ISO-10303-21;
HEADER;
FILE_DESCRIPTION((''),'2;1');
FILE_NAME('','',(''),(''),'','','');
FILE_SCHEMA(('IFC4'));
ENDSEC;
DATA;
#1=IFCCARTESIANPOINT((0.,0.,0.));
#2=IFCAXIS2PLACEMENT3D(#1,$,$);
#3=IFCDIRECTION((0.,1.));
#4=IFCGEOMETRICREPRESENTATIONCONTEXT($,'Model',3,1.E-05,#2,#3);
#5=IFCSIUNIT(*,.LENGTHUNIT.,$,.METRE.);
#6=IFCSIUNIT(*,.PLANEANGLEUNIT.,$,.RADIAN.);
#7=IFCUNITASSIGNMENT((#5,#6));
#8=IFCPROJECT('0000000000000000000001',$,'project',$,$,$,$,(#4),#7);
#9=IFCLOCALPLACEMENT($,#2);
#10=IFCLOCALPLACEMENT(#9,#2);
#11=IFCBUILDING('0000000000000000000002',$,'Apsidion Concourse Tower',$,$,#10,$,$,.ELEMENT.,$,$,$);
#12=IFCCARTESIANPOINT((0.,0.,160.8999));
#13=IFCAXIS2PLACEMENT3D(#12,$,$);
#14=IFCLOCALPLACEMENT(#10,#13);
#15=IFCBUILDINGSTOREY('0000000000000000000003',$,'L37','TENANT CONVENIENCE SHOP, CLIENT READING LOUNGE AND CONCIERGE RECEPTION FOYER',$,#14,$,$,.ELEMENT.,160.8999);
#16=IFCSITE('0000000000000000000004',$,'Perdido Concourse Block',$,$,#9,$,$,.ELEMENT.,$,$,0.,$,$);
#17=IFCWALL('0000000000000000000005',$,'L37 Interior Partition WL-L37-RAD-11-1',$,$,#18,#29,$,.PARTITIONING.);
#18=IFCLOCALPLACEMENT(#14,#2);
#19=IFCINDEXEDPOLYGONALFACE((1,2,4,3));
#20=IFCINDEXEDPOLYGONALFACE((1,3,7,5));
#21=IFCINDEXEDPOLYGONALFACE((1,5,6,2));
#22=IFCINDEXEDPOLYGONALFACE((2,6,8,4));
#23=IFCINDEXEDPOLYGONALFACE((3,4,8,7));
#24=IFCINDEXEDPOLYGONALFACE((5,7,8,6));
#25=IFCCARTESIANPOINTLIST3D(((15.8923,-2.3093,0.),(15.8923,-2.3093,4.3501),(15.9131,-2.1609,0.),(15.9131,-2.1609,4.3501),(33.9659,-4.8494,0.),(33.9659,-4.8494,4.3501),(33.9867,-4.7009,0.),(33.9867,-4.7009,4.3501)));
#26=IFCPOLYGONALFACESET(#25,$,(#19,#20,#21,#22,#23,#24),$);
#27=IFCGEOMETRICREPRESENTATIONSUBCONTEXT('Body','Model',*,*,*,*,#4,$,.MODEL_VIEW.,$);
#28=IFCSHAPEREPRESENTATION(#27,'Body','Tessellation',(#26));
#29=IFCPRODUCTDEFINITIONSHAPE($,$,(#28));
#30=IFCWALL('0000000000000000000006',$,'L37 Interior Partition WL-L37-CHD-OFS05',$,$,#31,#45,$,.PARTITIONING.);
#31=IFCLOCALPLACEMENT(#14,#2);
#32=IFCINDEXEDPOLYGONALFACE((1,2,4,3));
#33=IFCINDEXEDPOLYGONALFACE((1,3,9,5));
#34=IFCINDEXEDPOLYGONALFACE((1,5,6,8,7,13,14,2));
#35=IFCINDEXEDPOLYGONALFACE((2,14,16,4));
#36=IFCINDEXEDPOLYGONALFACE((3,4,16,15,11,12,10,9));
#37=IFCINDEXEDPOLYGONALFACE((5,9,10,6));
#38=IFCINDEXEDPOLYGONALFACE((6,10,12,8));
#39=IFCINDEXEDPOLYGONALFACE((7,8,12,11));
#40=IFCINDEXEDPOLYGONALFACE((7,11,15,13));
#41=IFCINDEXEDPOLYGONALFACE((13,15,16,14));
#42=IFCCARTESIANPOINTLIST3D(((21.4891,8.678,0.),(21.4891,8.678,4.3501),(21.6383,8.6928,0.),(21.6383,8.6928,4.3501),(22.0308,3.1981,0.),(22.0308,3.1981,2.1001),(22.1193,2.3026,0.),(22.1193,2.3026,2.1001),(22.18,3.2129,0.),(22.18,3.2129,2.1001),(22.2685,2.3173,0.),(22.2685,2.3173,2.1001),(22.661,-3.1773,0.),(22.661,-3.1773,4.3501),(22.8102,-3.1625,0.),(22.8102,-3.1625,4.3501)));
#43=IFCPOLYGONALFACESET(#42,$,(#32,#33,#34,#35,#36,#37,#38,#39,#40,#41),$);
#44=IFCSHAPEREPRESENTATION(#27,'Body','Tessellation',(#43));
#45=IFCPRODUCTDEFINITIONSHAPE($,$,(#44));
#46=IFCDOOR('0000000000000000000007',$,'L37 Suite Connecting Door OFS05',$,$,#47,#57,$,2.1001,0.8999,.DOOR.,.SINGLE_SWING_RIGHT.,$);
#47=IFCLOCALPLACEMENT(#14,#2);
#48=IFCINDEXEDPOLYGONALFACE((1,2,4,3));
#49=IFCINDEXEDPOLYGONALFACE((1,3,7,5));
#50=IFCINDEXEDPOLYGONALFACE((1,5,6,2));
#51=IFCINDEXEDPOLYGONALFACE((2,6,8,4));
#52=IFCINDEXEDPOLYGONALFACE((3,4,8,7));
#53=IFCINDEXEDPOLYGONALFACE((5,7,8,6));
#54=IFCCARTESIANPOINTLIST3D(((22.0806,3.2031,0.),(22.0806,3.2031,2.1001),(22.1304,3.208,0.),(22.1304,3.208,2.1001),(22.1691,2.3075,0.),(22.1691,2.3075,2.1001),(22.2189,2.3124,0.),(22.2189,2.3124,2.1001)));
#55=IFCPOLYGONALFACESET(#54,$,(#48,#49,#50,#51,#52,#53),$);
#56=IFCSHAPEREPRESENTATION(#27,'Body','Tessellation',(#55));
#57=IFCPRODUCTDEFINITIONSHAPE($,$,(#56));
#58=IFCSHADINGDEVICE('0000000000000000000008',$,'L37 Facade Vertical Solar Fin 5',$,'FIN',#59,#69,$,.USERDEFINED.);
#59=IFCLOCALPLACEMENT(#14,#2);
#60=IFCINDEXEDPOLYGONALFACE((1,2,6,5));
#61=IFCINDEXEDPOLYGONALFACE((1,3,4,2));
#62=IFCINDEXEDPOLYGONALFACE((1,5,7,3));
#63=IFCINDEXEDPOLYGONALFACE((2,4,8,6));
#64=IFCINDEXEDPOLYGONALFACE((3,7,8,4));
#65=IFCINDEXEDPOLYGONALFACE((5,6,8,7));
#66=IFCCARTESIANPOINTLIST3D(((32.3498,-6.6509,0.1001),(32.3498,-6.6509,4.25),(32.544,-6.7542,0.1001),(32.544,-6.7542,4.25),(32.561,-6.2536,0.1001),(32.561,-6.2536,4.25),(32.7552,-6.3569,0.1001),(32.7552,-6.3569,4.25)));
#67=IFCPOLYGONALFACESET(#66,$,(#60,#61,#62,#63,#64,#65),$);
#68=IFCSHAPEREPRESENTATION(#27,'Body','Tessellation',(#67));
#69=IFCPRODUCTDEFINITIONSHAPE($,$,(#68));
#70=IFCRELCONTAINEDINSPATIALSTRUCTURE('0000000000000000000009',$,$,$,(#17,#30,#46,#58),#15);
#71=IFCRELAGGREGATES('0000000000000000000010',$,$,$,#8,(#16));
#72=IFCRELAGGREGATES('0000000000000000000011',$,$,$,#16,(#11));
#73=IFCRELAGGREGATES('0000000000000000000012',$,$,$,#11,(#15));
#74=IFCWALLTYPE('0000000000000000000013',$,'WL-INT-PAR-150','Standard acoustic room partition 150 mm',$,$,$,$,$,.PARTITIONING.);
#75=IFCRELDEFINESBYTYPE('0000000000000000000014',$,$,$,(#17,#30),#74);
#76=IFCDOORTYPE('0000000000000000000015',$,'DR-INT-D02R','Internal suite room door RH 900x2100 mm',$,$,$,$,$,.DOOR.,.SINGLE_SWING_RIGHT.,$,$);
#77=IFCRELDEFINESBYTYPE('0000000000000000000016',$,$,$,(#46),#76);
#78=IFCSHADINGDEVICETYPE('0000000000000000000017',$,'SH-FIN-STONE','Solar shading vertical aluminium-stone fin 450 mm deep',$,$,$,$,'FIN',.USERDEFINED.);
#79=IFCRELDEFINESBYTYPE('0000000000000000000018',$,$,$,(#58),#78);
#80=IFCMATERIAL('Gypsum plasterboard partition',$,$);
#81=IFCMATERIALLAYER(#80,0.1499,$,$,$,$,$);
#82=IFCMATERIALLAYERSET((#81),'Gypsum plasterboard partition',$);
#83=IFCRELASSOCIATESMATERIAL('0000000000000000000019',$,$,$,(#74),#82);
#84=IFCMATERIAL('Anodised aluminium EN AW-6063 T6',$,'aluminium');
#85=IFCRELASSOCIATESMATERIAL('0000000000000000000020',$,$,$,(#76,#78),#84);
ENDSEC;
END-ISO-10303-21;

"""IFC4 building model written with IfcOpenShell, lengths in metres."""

from ifc_helpers import new_model, si_unit, direction, frame, frame_2d, origin, origin_2d, place, context, subcontext, project, spatial, rectangle, extrude, material, layer, layer_set, type_object, element, fill, save


model = new_model("IFC4")

# Units and contexts
model_context = context("Model", 3, precision=1e-05, world=origin(), true_north=direction((0.0, 1.0)))
body_context = subcontext(model_context, "Body", "Model", "MODEL_VIEW")
ifc_project = project(units=[si_unit("LENGTHUNIT", "METRE"), si_unit("PLANEANGLEUNIT", "RADIAN")], contexts=[model_context])

# Site, building, storey
site_placement = place(None, origin())
site = spatial("IfcSite", under=ifc_project, at=site_placement, Name="Perdido Concourse Block", CompositionType="ELEMENT", RefElevation=0.0)
building_placement = place(site_placement, origin())
building = spatial("IfcBuilding", under=site, at=building_placement, Name="Apsidion Concourse Tower", CompositionType="ELEMENT")
storey_placement = place(building_placement, frame((0.0, 0.0, 160.8999)))
storey = spatial("IfcBuildingStorey", under=building, at=storey_placement, Name="L37", Description="TENANT CONVENIENCE SHOP, CLIENT READING LOUNGE AND CONCIERGE RECEPTION FOYER", CompositionType="ELEMENT", Elevation=160.8999)

# Shared definitions
ifc_material_1 = material(Name="Anodised aluminium EN AW-6063 T6", Category="aluminium")

# Shared definitions
ifc_material_2 = material(Name="Gypsum plasterboard partition")
ifc_layer_1 = layer(ifc_material_2, 0.1499)
ifc_layer_set_1 = layer_set([ifc_layer_1], Name="Gypsum plasterboard partition")
wall_type_1 = type_object("IfcWallType", Name="WL-INT-PAR-150", Description="Standard acoustic room partition 150 mm", PredefinedType="PARTITIONING", material=ifc_layer_set_1)

# Wall
wall_1_placement = place(storey_placement, frame((15.9028, -2.2351, 0.0), z_axis=(0.0, 0.0, 1.0), x_axis=(0.990268, -0.139172, 0.0)))
element("IfcWall", 1, at=wall_1_placement, inside=storey, type_object=wall_type_1, Name="L37 Interior Partition WL-L37-RAD-11-1", PredefinedType="PARTITIONING", context=body_context, shape_type="SweptSolid", body=[
    extrude(rectangle(XDim=18.2512, YDim=0.1499, at=frame_2d((9.1255, 0.0))), origin(), (0.0, 0.0, 1.0), 4.3501),
])

# Wall, opening, door
wall_2_placement = place(storey_placement, frame((22.7356, -3.1699, 0.0), z_axis=(0.0, 0.0, 1.0), x_axis=(-0.098369, 0.99515, 0.0)))
wall_2 = element("IfcWall", 2, at=wall_2_placement, inside=storey, type_object=wall_type_1, Name="L37 Interior Partition WL-L37-CHD-OFS05", PredefinedType="PARTITIONING", context=body_context, shape_type="SweptSolid", body=[
    extrude(rectangle(XDim=11.9131, YDim=0.1499, at=frame_2d((5.9565, 0.0))), origin(), (0.0, 0.0, 1.0), 4.3501),
])
opening_1_placement = place(wall_2_placement, frame((5.5066, 0.0, 0.0)))
opening_1 = element("IfcOpeningElement", 3, at=opening_1_placement, cuts=wall_2, PredefinedType="OPENING", context=body_context, shape_type="SweptSolid", body=[
    extrude(rectangle(XDim=0.8999, YDim=2.1001, at=frame_2d((0.45, 1.05))), frame((0.0, 0.085, 0.0), z_axis=(0.0, -1.0, 0.0), x_axis=(1.0, 0.0, 0.0)), (0.0, 0.0, 1.0), 0.1699),
])
door_type_1 = type_object("IfcDoorType", Name="DR-INT-D02R", Description="Internal suite room door RH 900x2100 mm", OperationType="SINGLE_SWING_RIGHT", PredefinedType="DOOR", material=ifc_material_1)
door_1_placement = place(opening_1_placement, origin())
door_1 = element("IfcDoor", 4, at=door_1_placement, inside=storey, type_object=door_type_1, Name="L37 Suite Connecting Door OFS05", OperationType="SINGLE_SWING_RIGHT", OverallHeight=2.1001, OverallWidth=0.8999, PredefinedType="DOOR", context=body_context, shape_type="SweptSolid", body=[
    extrude(rectangle(XDim=0.8999, YDim=2.1001, at=frame_2d((0.45, 1.05))), frame((0.0, 0.0249, 0.0), z_axis=(0.0, -1.0, 0.0), x_axis=(1.0, 0.0, 0.0)), (0.0, 0.0, 1.0), 0.05),
])
fill(opening_1, door_1)

# Shading device
shading_device_type = type_object("IfcShadingDeviceType", Name="SH-FIN-STONE", Description="Solar shading vertical aluminium-stone fin 450 mm deep", ElementType="FIN", PredefinedType="USERDEFINED", material=ifc_material_1)
shading_device_placement = place(storey_placement, frame((32.5525, -6.5039, 0.1001), z_axis=(0.0, 0.0, 1.0), x_axis=(-0.882948, 0.469472, 0.0)))
element("IfcShadingDevice", 5, at=shading_device_placement, inside=storey, type_object=shading_device_type, Name="L37 Facade Vertical Solar Fin 5", ObjectType="FIN", PredefinedType="USERDEFINED", context=body_context, shape_type="SweptSolid", body=[
    extrude(rectangle(XDim=0.22, YDim=0.45, at=origin_2d()), origin(), (0.0, 0.0, 1.0), 4.1499),
])

save(model, "model.ifc")
